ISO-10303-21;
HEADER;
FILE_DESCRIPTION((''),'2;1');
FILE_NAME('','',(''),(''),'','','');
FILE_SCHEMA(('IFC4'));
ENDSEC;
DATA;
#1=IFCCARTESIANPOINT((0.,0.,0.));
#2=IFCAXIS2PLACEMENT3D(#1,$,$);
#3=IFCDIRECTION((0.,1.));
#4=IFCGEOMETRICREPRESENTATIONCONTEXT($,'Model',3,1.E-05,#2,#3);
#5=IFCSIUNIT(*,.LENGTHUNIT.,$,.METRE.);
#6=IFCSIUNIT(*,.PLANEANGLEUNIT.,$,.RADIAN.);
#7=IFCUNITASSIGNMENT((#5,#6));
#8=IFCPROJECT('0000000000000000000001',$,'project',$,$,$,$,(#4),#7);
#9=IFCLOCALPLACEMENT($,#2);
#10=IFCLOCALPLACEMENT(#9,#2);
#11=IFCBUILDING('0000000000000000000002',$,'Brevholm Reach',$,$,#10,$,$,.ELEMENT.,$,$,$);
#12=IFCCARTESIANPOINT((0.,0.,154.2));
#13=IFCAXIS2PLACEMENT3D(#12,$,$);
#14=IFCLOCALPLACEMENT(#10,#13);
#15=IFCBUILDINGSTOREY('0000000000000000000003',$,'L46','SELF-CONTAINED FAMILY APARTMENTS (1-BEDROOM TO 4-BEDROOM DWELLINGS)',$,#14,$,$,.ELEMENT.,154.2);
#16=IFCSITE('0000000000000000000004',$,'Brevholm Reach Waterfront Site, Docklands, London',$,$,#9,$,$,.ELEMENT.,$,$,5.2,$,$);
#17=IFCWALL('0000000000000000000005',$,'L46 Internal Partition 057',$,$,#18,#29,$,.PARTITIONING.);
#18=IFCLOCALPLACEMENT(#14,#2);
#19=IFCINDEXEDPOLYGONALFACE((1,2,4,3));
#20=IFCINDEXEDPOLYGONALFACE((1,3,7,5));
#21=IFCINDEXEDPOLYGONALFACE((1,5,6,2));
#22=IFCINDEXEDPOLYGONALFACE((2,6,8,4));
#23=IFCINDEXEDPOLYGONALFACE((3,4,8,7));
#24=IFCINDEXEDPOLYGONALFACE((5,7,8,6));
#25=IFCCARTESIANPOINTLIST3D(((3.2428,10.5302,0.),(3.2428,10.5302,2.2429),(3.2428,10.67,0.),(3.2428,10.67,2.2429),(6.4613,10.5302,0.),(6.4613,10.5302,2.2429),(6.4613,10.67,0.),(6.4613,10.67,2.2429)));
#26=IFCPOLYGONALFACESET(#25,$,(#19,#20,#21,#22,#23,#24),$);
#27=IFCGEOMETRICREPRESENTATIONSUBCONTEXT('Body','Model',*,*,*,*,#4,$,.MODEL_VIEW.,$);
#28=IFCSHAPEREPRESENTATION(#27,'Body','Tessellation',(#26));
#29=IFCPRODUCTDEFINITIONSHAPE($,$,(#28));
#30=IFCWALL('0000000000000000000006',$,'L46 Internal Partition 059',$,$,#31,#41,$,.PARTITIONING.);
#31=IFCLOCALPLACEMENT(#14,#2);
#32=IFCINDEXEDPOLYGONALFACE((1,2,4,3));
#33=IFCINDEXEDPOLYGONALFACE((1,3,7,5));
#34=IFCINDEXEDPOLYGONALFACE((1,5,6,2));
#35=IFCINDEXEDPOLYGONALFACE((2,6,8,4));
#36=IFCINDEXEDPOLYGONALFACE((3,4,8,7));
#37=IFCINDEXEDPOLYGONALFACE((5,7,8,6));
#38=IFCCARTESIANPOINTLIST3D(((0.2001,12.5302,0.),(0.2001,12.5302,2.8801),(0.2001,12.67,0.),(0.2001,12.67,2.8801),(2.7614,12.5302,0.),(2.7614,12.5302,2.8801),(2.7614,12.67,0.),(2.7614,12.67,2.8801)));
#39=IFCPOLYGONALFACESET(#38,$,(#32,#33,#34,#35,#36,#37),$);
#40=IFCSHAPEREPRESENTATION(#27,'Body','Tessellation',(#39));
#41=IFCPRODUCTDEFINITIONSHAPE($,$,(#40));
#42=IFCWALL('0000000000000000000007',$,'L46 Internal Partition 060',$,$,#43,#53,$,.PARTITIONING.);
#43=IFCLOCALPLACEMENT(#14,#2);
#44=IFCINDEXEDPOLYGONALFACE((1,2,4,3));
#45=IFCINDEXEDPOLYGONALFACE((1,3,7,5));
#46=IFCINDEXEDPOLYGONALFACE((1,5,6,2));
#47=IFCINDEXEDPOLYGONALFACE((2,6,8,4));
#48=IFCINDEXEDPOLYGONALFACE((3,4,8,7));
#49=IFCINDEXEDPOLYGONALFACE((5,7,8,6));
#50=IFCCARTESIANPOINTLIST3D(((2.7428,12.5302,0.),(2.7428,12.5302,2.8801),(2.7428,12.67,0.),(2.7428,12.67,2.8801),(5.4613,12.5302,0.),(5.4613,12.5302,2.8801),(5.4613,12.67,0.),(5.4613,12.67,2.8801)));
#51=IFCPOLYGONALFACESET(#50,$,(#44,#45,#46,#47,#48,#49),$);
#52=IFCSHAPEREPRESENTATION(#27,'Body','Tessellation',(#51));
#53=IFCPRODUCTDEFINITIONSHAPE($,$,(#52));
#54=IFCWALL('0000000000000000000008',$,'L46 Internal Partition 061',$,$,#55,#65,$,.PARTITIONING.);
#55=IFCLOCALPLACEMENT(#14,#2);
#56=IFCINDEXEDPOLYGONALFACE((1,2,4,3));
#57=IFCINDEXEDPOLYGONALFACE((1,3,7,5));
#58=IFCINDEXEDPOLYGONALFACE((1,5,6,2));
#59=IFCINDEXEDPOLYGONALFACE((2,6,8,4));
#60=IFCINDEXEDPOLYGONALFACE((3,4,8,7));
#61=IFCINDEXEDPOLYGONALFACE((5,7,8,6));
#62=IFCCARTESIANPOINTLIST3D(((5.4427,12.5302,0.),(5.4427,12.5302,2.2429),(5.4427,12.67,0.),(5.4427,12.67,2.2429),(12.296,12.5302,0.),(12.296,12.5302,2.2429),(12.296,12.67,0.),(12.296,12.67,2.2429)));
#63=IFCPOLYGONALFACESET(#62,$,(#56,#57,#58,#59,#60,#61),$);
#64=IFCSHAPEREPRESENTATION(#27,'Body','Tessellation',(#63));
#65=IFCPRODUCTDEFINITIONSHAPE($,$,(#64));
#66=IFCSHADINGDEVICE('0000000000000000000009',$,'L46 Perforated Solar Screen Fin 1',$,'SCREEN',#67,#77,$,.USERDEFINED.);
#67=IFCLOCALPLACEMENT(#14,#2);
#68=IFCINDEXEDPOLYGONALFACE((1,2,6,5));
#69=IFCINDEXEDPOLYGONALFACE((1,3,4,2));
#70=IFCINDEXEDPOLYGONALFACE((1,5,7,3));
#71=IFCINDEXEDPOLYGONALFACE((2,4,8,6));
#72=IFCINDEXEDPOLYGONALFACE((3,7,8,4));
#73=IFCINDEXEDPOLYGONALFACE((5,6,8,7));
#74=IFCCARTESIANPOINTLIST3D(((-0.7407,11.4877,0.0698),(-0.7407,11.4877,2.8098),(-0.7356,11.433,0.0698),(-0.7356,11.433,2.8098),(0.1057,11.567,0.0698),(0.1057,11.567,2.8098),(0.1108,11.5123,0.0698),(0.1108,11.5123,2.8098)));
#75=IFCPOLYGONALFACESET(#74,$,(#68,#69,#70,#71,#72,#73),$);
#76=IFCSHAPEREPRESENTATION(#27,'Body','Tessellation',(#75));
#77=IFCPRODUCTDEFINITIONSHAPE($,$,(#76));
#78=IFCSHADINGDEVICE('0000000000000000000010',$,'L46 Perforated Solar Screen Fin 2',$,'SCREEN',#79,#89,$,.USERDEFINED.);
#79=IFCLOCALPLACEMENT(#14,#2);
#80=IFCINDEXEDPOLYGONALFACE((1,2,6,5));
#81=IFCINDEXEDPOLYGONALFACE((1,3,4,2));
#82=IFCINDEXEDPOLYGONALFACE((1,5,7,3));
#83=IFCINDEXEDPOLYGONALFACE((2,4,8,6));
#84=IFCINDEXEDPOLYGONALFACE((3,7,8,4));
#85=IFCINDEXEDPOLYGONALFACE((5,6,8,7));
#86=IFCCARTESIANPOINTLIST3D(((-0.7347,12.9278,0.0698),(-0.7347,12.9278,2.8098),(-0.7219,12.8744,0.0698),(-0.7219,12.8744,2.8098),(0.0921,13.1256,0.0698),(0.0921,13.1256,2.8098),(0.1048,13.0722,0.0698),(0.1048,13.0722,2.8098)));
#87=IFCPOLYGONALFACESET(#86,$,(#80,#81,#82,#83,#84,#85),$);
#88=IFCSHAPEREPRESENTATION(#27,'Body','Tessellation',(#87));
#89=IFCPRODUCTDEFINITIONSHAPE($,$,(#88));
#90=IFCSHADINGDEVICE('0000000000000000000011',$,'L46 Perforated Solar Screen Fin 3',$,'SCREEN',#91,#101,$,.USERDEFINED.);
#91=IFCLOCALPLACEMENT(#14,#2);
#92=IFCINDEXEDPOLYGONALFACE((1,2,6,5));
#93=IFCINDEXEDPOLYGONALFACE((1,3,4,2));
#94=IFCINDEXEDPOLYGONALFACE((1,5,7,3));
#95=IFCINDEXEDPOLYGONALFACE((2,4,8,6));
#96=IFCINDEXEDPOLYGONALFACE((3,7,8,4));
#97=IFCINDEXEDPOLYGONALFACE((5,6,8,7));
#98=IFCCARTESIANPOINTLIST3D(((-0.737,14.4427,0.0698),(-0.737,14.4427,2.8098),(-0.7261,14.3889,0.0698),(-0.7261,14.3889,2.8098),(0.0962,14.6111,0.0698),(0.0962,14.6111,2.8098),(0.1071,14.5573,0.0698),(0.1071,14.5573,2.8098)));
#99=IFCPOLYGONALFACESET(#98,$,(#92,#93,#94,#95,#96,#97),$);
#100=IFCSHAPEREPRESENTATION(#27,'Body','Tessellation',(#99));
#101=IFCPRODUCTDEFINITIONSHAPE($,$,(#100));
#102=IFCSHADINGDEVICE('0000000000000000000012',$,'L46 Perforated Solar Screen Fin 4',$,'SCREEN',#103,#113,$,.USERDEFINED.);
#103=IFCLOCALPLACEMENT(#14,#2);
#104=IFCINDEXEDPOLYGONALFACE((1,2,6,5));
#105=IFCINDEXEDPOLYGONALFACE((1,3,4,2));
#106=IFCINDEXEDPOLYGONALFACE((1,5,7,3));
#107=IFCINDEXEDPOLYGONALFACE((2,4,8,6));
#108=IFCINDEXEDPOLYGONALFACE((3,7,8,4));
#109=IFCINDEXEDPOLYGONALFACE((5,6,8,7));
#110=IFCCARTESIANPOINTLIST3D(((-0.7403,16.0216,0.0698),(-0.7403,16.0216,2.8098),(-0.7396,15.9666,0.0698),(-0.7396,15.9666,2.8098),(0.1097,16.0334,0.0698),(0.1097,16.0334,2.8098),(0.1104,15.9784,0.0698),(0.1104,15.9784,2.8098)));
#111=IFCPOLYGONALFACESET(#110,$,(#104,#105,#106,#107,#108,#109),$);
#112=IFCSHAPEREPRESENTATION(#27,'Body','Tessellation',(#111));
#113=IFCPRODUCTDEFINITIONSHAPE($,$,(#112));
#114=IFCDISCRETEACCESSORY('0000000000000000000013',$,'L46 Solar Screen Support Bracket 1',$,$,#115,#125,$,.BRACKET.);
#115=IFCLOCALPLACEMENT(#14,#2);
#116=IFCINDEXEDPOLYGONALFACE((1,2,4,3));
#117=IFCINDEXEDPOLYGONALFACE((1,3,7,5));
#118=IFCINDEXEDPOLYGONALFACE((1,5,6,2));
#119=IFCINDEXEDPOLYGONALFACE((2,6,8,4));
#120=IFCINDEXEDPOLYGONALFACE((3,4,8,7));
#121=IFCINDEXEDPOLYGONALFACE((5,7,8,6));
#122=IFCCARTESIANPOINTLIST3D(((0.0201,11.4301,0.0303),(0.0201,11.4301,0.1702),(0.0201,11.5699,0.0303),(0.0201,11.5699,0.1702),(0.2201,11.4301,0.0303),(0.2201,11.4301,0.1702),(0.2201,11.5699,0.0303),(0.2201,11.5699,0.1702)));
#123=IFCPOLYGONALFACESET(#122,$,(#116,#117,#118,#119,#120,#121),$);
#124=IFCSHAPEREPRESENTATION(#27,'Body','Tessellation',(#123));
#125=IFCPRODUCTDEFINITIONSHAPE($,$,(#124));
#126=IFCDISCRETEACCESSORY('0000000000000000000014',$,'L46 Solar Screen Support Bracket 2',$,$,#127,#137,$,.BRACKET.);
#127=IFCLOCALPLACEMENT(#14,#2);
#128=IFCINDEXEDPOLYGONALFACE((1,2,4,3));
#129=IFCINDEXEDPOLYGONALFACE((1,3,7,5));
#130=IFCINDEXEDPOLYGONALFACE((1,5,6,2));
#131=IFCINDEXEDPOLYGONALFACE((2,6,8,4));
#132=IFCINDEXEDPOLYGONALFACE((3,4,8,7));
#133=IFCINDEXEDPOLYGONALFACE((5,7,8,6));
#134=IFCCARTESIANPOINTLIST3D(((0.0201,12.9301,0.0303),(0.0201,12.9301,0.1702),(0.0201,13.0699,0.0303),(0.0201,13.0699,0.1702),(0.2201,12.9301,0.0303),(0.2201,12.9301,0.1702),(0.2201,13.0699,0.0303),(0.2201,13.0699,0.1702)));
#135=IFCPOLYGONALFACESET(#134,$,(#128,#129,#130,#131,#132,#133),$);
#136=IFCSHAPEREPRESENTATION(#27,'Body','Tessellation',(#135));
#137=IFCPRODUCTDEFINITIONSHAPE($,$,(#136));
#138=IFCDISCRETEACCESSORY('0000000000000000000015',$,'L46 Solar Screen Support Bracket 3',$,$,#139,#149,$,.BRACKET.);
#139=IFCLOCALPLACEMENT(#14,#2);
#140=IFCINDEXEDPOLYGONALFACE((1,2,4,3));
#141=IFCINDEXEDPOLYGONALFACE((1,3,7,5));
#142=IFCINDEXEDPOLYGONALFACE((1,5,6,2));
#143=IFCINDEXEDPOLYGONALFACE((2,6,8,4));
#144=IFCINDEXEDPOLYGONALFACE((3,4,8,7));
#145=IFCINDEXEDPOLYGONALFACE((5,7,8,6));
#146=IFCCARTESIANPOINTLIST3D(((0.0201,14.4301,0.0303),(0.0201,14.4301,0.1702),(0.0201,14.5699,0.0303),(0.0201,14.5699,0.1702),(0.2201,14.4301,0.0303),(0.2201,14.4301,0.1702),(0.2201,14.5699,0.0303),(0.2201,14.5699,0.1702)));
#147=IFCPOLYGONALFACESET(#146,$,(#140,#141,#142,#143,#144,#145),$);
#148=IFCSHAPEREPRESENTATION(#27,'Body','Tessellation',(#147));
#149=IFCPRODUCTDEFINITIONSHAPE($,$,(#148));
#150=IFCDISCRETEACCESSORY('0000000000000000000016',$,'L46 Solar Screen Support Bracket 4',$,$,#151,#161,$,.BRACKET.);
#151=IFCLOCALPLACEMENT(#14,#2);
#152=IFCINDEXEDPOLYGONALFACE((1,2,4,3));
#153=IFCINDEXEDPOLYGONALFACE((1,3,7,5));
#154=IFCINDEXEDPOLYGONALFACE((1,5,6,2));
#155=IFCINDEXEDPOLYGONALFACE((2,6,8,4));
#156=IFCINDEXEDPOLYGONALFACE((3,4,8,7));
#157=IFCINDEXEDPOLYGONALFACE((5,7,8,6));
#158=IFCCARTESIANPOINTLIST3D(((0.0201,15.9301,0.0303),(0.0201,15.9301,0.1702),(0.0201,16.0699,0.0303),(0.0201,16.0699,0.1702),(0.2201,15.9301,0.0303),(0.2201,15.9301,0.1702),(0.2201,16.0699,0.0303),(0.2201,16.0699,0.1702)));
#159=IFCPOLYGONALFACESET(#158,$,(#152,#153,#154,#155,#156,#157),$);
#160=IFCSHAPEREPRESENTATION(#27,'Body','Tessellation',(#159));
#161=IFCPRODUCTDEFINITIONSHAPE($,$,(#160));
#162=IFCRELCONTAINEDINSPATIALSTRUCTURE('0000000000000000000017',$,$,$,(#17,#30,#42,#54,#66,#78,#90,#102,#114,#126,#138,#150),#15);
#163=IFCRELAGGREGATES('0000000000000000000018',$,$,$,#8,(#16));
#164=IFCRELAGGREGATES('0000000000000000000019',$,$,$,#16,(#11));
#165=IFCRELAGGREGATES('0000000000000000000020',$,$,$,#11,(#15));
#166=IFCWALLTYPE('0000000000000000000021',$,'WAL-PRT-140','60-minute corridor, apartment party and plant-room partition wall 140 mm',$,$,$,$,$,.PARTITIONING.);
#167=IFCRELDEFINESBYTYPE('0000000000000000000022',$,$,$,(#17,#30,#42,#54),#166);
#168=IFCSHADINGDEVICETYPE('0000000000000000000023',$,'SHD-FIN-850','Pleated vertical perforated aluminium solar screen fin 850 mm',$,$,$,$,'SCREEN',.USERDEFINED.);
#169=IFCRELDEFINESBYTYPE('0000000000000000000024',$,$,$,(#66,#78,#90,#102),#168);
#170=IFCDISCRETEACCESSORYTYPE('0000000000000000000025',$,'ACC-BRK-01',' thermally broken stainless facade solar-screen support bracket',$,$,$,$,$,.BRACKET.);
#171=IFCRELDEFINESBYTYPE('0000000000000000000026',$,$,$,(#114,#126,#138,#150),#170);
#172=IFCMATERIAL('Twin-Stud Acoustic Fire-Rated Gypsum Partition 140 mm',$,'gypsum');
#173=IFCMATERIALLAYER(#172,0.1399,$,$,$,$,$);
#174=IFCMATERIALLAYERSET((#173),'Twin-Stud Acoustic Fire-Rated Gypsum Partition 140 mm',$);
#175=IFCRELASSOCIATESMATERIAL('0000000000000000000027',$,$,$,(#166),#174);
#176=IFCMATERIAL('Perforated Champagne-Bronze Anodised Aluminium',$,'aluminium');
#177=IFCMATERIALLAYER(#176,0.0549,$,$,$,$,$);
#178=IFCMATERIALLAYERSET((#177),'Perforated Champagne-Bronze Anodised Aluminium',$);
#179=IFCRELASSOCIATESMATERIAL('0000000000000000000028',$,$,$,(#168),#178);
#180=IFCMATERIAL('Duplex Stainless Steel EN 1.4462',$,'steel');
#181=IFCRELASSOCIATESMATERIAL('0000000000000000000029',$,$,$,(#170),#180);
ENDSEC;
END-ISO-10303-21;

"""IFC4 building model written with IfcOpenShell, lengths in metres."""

from ifc_helpers import new_model, si_unit, direction, frame, frame_2d, origin, origin_2d, place, context, subcontext, project, spatial, rectangle, extrude, material, layer, layer_set, type_object, element, save


model = new_model("IFC4")

# Units and contexts
model_context = context("Model", 3, precision=1e-05, world=origin(), true_north=direction((0.0, 1.0)))
body_context = subcontext(model_context, "Body", "Model", "MODEL_VIEW")
ifc_project = project(units=[si_unit("LENGTHUNIT", "METRE"), si_unit("PLANEANGLEUNIT", "RADIAN")], contexts=[model_context])

# Site, building, storey
site_placement = place(None, origin())
site = spatial("IfcSite", under=ifc_project, at=site_placement, Name="Brevholm Reach Waterfront Site, Docklands, London", CompositionType="ELEMENT", RefElevation=5.2)
building_placement = place(site_placement, origin())
building = spatial("IfcBuilding", under=site, at=building_placement, Name="Brevholm Reach", CompositionType="ELEMENT")
storey_placement = place(building_placement, frame((0.0, 0.0, 154.2)))
storey = spatial("IfcBuildingStorey", under=building, at=storey_placement, Name="L46", Description="SELF-CONTAINED FAMILY APARTMENTS (1-BEDROOM TO 4-BEDROOM DWELLINGS)", CompositionType="ELEMENT", Elevation=154.2)

# Walls
ifc_material_1 = material(Name="Twin-Stud Acoustic Fire-Rated Gypsum Partition 140 mm", Category="gypsum")
ifc_layer_1 = layer(ifc_material_1, 0.1399)
ifc_layer_set_1 = layer_set([ifc_layer_1], Name="Twin-Stud Acoustic Fire-Rated Gypsum Partition 140 mm")
wall_type_1 = type_object("IfcWallType", Name="WAL-PRT-140", Description="60-minute corridor, apartment party and plant-room partition wall 140 mm", PredefinedType="PARTITIONING", material=ifc_layer_set_1)
wall_1_placement = place(storey_placement, frame((3.2427, 10.6001, 0.0), z_axis=(0.0, 0.0, 1.0), x_axis=(1.0, 0.0, 0.0)))
element("IfcWall", 1, at=wall_1_placement, inside=storey, type_object=wall_type_1, Name="L46 Internal Partition 057", PredefinedType="PARTITIONING", context=body_context, shape_type="SweptSolid", body=[
    extrude(rectangle(XDim=3.2185, YDim=0.1399, at=frame_2d((1.6094, 0.0))), origin(), (0.0, 0.0, 1.0), 2.2429),
])
wall_2_placement = place(storey_placement, frame((0.2, 12.6001, 0.0), z_axis=(0.0, 0.0, 1.0), x_axis=(1.0, 0.0, 0.0)))
element("IfcWall", 2, at=wall_2_placement, inside=storey, type_object=wall_type_1, Name="L46 Internal Partition 059", PredefinedType="PARTITIONING", context=body_context, shape_type="SweptSolid", body=[
    extrude(rectangle(XDim=2.5613, YDim=0.1399, at=frame_2d((1.2808, 0.0))), origin(), (0.0, 0.0, 1.0), 2.8801),
])
wall_3_placement = place(storey_placement, frame((2.7427, 12.6001, 0.0), z_axis=(0.0, 0.0, 1.0), x_axis=(1.0, 0.0, 0.0)))
element("IfcWall", 3, at=wall_3_placement, inside=storey, type_object=wall_type_1, Name="L46 Internal Partition 060", PredefinedType="PARTITIONING", context=body_context, shape_type="SweptSolid", body=[
    extrude(rectangle(XDim=2.7185, YDim=0.1399, at=frame_2d((1.3594, 0.0))), origin(), (0.0, 0.0, 1.0), 2.8801),
])
wall_4_placement = place(storey_placement, frame((5.4426, 12.6001, 0.0), z_axis=(0.0, 0.0, 1.0), x_axis=(1.0, 0.0, 0.0)))
element("IfcWall", 4, at=wall_4_placement, inside=storey, type_object=wall_type_1, Name="L46 Internal Partition 061", PredefinedType="PARTITIONING", context=body_context, shape_type="SweptSolid", body=[
    extrude(rectangle(XDim=6.8533, YDim=0.1399, at=frame_2d((3.4268, 0.0))), origin(), (0.0, 0.0, 1.0), 2.2429),
])

# Shading devices
ifc_material_2 = material(Name="Perforated Champagne-Bronze Anodised Aluminium", Category="aluminium")
ifc_layer_2 = layer(ifc_material_2, 0.0549)
ifc_layer_set_2 = layer_set([ifc_layer_2], Name="Perforated Champagne-Bronze Anodised Aluminium")
shading_device_type = type_object("IfcShadingDeviceType", Name="SHD-FIN-850", Description="Pleated vertical perforated aluminium solar screen fin 850 mm", ElementType="SCREEN", PredefinedType="USERDEFINED", material=ifc_layer_set_2)
for number, where, z_axis, x_axis, name in (
    (5, (-0.3149, 11.5, 0.0698), (0.0, 0.0, 1.0), (-0.995645, -0.093222, 0.0), "L46 Perforated Solar Screen Fin 1"),
    (6, (-0.3149, 13.0, 0.0698), (0.0, 0.0, 1.0), (-0.972573, -0.232597, 0.0), "L46 Perforated Solar Screen Fin 2"),
    (7, (-0.3149, 14.5, 0.0698), (0.0, 0.0, 1.0), (-0.980192, -0.198051, 0.0), "L46 Perforated Solar Screen Fin 3"),
    (8, (-0.3149, 16.0, 0.0698), (0.0, 0.0, 1.0), (-0.999904, -0.013857, 0.0), "L46 Perforated Solar Screen Fin 4"),
):
    element("IfcShadingDevice", number, at=place(storey_placement, frame(where, z_axis=z_axis, x_axis=x_axis)), inside=storey, type_object=shading_device_type, Name=name, ObjectType="SCREEN", PredefinedType="USERDEFINED", context=body_context, shape_type="SweptSolid", body=[
        extrude(rectangle(XDim=0.8501, YDim=0.0549, at=origin_2d()), origin(), (0.0, 0.0, 1.0), 2.74),
    ])

# Discrete accessories
ifc_material_3 = material(Name="Duplex Stainless Steel EN 1.4462", Category="steel")
discrete_accessory_type = type_object("IfcDiscreteAccessoryType", Name="ACC-BRK-01", Description=" thermally broken stainless facade solar-screen support bracket", PredefinedType="BRACKET", material=ifc_material_3)
for number, where, z_axis, x_axis, name in (
    (9, (0.1201, 11.5, 0.0303), (0.0, 0.0, 1.0), (-1.0, 0.0, 0.0), "L46 Solar Screen Support Bracket 1"),
    (10, (0.1201, 13.0, 0.0303), (0.0, 0.0, 1.0), (-1.0, 0.0, 0.0), "L46 Solar Screen Support Bracket 2"),
    (11, (0.1201, 14.5, 0.0303), (0.0, 0.0, 1.0), (-1.0, 0.0, 0.0), "L46 Solar Screen Support Bracket 3"),
    (12, (0.1201, 16.0, 0.0303), (0.0, 0.0, 1.0), (-1.0, 0.0, 0.0), "L46 Solar Screen Support Bracket 4"),
):
    element("IfcDiscreteAccessory", number, at=place(storey_placement, frame(where, z_axis=z_axis, x_axis=x_axis)), inside=storey, type_object=discrete_accessory_type, Name=name, PredefinedType="BRACKET", context=body_context, shape_type="SweptSolid", body=[
        extrude(rectangle(XDim=0.2, YDim=0.1399, at=origin_2d()), origin(), (0.0, 0.0, 1.0), 0.1399),
    ])

save(model, "model.ifc")
